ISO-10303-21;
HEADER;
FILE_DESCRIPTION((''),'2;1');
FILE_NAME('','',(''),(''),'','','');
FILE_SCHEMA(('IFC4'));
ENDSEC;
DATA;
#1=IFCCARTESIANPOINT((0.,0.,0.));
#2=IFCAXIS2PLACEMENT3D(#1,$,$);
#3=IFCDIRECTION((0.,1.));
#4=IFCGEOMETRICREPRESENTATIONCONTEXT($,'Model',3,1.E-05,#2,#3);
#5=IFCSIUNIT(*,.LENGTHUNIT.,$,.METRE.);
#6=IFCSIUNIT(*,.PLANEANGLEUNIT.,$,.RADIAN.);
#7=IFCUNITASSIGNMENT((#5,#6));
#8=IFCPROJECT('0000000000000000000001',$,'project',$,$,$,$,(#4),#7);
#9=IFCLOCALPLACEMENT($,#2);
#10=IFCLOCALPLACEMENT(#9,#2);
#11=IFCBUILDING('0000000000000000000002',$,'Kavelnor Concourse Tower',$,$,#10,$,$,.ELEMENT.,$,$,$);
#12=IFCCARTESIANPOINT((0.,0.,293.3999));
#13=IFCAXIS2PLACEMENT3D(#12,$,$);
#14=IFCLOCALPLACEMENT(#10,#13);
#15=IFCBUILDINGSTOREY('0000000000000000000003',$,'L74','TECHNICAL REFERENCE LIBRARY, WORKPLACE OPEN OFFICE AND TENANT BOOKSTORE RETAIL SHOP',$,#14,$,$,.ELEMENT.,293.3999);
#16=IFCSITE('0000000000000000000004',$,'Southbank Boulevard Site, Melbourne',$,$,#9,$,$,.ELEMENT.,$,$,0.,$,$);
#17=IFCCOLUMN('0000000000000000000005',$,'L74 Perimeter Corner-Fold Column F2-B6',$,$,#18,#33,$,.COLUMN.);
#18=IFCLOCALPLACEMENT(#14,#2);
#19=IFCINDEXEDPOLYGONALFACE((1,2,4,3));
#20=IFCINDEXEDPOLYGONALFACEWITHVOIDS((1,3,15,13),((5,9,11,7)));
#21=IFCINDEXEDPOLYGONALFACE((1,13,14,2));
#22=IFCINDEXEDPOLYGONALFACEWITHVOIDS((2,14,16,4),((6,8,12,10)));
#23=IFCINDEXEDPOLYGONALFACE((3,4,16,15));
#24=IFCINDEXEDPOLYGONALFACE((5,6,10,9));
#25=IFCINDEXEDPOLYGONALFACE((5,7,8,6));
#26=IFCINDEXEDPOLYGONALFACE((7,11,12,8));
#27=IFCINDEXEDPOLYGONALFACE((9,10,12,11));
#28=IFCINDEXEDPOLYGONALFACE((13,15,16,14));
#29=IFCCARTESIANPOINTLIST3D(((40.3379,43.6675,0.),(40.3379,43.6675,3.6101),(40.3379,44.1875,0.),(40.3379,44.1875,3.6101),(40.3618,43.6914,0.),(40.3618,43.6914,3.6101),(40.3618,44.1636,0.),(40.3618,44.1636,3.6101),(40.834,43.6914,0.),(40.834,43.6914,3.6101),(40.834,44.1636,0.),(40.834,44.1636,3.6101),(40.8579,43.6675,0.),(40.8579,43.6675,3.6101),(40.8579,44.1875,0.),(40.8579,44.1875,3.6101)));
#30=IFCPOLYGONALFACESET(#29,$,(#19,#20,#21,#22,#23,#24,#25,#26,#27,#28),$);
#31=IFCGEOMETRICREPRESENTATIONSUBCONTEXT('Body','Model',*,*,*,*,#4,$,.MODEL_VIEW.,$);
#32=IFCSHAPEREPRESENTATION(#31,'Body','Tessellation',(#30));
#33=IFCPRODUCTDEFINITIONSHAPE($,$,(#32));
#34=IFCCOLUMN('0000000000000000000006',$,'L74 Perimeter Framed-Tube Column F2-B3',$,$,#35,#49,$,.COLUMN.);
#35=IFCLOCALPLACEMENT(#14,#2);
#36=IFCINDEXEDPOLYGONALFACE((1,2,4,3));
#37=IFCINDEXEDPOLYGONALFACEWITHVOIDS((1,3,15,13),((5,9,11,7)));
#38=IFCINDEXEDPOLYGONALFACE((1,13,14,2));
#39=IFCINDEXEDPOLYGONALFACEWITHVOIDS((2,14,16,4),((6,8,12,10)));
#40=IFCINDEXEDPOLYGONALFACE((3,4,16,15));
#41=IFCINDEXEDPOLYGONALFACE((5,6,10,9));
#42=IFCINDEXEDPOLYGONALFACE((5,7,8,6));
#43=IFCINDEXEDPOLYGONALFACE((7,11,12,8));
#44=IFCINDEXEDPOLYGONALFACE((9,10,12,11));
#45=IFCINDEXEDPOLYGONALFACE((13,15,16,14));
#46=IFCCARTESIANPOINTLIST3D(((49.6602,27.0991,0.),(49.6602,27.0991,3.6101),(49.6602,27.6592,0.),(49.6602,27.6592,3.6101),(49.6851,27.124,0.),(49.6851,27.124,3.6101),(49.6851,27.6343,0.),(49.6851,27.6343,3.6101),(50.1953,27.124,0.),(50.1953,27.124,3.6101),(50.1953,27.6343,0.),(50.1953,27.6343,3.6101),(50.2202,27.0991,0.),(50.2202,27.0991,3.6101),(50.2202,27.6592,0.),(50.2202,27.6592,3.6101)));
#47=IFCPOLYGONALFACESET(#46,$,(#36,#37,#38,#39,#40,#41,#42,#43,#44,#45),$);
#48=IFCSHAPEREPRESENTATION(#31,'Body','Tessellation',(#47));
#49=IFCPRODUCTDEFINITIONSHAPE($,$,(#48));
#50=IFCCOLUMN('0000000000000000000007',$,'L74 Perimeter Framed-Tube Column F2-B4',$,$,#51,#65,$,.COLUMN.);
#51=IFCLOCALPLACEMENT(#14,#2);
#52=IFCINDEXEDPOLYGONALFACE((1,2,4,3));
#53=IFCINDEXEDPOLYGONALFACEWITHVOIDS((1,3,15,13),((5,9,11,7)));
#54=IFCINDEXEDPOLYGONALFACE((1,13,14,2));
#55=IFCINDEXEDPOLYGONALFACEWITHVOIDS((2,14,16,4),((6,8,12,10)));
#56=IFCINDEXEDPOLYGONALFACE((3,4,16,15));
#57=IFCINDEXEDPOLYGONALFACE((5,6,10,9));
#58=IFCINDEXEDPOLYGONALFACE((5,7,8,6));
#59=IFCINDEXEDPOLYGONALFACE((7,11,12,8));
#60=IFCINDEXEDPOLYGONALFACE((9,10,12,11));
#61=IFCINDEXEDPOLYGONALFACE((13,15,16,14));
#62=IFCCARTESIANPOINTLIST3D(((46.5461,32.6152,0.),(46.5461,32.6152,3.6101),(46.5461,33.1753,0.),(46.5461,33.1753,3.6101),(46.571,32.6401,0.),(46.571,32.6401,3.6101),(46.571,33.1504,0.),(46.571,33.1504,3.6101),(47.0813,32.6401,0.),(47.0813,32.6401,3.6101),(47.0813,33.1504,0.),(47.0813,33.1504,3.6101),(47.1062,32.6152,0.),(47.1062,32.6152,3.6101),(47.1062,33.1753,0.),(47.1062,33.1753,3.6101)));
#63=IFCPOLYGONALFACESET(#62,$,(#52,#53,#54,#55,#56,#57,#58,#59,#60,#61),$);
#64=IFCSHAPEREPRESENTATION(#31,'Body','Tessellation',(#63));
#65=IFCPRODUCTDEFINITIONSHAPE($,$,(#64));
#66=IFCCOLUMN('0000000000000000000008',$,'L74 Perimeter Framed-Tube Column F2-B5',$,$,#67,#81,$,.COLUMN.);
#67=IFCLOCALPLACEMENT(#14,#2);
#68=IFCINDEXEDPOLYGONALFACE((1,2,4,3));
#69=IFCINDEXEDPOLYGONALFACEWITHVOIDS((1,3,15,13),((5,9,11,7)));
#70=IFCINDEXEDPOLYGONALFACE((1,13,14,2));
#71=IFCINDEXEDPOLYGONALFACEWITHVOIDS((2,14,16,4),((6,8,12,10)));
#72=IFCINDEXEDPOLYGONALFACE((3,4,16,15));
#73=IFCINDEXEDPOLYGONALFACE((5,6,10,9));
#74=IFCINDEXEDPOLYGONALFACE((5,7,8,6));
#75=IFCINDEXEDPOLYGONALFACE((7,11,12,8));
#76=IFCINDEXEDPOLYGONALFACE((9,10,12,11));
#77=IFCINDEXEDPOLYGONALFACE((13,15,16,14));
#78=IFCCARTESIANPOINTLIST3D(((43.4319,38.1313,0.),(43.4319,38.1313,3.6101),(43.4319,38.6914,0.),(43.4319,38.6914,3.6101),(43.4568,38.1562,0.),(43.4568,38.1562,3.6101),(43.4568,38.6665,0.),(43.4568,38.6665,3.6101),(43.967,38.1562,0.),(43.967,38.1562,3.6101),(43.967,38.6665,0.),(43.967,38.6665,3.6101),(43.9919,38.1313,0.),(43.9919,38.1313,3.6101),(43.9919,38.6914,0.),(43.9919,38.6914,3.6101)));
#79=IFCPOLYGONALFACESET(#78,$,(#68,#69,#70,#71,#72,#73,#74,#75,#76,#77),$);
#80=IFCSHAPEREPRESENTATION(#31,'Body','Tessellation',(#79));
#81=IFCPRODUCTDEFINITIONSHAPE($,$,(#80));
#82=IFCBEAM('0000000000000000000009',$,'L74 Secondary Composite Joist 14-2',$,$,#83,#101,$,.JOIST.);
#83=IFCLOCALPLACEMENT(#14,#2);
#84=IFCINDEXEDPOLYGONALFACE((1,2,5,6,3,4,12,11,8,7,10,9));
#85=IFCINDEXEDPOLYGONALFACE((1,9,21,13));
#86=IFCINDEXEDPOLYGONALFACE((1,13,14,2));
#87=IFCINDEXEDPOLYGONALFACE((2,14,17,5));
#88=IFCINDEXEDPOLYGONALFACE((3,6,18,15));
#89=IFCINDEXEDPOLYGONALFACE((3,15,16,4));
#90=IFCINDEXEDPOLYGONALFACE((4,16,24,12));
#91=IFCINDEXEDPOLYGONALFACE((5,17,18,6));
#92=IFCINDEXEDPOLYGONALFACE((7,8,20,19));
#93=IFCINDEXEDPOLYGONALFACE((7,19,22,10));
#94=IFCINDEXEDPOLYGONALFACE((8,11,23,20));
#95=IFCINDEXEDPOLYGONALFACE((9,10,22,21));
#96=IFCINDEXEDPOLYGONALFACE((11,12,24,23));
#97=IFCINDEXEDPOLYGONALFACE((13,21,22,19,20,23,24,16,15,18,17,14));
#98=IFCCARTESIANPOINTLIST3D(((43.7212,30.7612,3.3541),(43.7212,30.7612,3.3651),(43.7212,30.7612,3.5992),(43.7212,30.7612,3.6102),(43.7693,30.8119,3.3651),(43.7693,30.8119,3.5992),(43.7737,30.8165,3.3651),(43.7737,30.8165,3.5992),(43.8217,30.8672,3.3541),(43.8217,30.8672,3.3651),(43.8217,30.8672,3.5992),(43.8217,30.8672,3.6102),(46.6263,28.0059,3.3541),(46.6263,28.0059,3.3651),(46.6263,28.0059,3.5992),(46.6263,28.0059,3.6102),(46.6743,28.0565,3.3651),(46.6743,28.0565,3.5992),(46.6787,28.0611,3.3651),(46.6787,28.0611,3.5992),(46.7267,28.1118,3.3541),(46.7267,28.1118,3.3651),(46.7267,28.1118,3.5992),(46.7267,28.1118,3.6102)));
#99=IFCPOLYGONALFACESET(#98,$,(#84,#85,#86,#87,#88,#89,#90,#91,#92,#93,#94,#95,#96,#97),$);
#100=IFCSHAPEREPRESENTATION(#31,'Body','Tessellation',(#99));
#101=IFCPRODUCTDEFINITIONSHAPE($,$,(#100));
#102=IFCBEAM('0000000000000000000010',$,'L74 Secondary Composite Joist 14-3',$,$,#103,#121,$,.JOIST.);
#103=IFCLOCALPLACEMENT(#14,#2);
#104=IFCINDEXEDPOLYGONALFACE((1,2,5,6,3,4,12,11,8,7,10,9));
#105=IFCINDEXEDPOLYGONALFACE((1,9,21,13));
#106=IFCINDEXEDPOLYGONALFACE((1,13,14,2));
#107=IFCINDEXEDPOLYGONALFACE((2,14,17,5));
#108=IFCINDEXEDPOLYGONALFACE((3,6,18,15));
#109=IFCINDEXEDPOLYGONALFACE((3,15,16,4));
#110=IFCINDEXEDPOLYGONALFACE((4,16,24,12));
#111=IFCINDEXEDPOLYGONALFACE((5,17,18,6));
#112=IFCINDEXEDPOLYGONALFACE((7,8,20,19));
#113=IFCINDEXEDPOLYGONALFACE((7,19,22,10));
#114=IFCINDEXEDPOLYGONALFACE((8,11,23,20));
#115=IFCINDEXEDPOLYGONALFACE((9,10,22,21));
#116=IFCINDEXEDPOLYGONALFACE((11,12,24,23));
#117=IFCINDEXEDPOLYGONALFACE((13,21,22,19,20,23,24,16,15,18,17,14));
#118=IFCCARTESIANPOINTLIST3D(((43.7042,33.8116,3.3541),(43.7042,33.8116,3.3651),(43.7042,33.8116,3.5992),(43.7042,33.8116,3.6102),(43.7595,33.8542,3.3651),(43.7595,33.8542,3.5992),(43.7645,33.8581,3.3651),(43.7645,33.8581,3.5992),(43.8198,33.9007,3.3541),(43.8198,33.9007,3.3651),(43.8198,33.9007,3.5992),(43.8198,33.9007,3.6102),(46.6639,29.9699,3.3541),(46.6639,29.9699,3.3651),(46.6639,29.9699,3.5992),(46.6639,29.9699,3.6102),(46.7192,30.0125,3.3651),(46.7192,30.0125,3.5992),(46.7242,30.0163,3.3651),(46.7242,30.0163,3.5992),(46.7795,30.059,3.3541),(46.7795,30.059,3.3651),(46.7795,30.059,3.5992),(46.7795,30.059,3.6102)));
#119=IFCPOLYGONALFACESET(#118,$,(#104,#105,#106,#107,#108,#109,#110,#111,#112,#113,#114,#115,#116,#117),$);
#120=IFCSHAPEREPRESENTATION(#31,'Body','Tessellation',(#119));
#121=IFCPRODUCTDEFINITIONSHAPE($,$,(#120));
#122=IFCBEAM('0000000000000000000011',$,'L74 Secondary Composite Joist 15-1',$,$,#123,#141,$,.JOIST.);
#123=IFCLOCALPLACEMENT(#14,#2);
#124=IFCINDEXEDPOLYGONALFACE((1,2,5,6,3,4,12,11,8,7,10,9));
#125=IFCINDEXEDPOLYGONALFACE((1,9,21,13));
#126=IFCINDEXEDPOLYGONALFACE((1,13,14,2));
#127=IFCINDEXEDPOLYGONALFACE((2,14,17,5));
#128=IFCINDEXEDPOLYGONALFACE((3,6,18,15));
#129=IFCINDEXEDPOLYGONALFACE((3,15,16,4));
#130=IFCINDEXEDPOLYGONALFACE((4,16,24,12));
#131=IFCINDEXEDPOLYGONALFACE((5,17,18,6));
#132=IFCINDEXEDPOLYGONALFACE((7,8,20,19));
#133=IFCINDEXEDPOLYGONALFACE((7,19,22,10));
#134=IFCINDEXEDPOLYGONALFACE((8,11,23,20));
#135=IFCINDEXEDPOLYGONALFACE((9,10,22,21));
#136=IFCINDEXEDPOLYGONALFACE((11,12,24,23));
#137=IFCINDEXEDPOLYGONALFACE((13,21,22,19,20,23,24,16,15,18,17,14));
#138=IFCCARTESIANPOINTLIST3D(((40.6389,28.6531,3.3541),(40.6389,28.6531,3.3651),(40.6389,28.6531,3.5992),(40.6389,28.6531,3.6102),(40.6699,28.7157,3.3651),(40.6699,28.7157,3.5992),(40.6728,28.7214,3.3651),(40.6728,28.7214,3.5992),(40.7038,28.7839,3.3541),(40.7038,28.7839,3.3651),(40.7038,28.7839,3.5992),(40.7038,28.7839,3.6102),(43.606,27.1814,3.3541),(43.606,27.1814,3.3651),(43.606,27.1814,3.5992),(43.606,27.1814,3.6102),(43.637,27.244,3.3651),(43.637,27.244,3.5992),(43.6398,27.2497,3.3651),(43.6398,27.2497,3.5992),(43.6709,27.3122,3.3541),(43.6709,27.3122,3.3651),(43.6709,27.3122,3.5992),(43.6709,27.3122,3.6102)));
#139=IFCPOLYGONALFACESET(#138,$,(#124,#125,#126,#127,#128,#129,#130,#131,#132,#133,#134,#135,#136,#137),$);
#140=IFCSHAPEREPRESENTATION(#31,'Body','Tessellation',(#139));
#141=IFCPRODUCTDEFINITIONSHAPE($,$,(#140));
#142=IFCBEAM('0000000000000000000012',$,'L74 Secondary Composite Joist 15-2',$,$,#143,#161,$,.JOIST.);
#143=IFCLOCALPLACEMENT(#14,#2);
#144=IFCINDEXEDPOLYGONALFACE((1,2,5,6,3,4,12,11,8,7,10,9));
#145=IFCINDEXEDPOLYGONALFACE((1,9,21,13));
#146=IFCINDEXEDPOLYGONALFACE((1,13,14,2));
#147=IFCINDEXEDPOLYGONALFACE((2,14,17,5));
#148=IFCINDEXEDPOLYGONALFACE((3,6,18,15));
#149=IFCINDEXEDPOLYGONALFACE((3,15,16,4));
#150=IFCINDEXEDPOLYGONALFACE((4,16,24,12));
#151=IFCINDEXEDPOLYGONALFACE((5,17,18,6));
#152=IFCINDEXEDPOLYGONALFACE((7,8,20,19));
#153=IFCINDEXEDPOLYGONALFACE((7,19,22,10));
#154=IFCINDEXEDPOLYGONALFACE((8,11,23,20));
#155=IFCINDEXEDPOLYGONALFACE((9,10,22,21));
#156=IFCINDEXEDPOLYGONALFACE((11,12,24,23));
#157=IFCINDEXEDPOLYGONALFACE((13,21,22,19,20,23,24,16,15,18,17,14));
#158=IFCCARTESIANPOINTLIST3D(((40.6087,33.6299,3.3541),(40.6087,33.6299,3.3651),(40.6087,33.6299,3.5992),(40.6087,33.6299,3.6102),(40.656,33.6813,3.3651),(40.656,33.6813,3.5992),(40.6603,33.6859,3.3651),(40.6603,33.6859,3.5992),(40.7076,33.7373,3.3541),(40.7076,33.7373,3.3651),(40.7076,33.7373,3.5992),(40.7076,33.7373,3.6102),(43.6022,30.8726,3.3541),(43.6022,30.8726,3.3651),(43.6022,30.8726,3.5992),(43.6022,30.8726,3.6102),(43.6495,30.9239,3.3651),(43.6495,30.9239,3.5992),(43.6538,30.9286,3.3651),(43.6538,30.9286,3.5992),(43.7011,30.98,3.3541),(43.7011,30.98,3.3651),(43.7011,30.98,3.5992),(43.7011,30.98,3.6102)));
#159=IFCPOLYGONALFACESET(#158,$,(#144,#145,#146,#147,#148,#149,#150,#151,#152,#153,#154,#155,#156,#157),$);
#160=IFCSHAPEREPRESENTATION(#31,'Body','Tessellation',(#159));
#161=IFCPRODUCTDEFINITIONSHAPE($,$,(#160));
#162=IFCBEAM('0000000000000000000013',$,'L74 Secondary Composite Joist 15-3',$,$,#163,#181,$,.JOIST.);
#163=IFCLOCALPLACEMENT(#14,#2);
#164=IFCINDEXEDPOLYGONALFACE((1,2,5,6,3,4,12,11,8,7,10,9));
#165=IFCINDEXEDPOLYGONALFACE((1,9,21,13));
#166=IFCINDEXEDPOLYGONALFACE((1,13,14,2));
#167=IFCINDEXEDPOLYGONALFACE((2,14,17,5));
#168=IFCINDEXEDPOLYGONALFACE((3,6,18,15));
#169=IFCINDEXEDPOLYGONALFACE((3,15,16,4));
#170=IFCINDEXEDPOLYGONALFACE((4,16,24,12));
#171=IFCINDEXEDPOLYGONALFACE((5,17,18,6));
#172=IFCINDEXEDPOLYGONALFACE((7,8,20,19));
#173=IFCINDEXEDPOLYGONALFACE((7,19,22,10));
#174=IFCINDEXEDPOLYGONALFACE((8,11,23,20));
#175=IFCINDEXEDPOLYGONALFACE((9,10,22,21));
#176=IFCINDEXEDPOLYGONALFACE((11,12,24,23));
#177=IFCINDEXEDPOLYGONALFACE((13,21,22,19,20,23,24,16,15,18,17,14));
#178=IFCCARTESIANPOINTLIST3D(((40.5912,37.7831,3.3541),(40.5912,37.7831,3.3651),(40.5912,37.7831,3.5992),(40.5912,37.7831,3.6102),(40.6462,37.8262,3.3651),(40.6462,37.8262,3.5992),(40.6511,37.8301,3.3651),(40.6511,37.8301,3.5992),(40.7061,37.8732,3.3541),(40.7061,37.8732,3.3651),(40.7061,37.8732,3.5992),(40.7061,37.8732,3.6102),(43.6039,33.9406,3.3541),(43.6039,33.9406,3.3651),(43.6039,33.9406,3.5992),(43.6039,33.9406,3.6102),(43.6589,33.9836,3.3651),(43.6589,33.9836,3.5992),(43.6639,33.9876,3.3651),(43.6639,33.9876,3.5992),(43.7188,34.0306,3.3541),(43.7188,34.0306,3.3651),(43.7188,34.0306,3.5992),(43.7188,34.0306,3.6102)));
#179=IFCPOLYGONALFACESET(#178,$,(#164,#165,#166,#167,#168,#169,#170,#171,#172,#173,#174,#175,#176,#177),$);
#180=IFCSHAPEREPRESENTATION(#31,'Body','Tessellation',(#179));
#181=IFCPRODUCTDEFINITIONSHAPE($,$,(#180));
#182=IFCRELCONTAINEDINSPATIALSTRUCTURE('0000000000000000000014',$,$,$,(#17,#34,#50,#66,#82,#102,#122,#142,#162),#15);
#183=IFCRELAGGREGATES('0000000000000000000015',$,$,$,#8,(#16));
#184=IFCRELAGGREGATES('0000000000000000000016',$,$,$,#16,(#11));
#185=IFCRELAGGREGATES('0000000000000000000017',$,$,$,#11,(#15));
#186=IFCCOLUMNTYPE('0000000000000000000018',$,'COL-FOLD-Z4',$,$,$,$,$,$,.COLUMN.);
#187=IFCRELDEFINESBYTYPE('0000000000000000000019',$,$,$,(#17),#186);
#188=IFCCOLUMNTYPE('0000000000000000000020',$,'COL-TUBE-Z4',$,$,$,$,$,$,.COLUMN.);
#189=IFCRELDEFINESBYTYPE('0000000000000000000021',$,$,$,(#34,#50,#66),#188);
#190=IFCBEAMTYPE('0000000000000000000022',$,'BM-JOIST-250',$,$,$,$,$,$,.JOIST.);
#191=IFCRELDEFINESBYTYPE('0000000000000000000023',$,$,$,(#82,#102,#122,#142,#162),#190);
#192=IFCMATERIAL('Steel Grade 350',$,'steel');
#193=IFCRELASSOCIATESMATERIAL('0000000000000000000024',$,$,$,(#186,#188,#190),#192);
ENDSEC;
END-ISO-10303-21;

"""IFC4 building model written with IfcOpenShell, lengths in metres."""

from ifc_helpers import new_model, si_unit, direction, frame, origin, origin_2d, place, context, subcontext, project, spatial, hollow_rectangle, i_section, extrude, material, material_profile, profile_set, type_object, element, save


model = new_model("IFC4")

# Units and contexts
model_context = context("Model", 3, precision=1e-05, world=origin(), true_north=direction((0.0, 1.0)))
body_context = subcontext(model_context, "Body", "Model", "MODEL_VIEW")
ifc_project = project(units=[si_unit("LENGTHUNIT", "METRE"), si_unit("PLANEANGLEUNIT", "RADIAN")], contexts=[model_context])

# Site, building, storey
site_placement = place(None, origin())
site = spatial("IfcSite", under=ifc_project, at=site_placement, Name="Southbank Boulevard Site, Melbourne", CompositionType="ELEMENT", RefElevation=0.0)
building_placement = place(site_placement, origin())
building = spatial("IfcBuilding", under=site, at=building_placement, Name="Kavelnor Concourse Tower", CompositionType="ELEMENT")
storey_placement = place(building_placement, frame((0.0, 0.0, 293.3999)))
storey = spatial("IfcBuildingStorey", under=building, at=storey_placement, Name="L74", Description="TECHNICAL REFERENCE LIBRARY, WORKPLACE OPEN OFFICE AND TENANT BOOKSTORE RETAIL SHOP", CompositionType="ELEMENT", Elevation=293.3999)

# Columns
ifc_material_1 = material(Name="Steel Grade 350", Category="steel")
ifc_material_profile_1 = material_profile(ifc_material_1, hollow_rectangle(XDim=0.52, YDim=0.52, WallThickness=0.0239, at=origin_2d()), Name="SHS 520x520x24")
ifc_profile_set_1 = profile_set([ifc_material_profile_1], Name="Steel Grade 350")
column_type_1 = type_object("IfcColumnType", Name="COL-FOLD-Z4", PredefinedType="COLUMN", material=ifc_profile_set_1)
column_placement = place(storey_placement, frame((40.5979, 43.9275, 0.0), z_axis=(0.0, 0.0, 1.0), x_axis=(1.0, 0.0, 0.0)))
element("IfcColumn", 1, at=column_placement, inside=storey, type_object=column_type_1, Name="L74 Perimeter Corner-Fold Column F2-B6", PredefinedType="COLUMN", context=body_context, shape_type="SweptSolid", body=[
    extrude(hollow_rectangle(XDim=0.52, YDim=0.52, WallThickness=0.0239, at=origin_2d()), origin(), (0.0, 0.0, 1.0), 3.6101),
])
ifc_material_profile_2 = material_profile(ifc_material_1, hollow_rectangle(XDim=0.5601, YDim=0.5601, WallThickness=0.0249, at=origin_2d()), Name="SHS 560x560x25")
ifc_profile_set_2 = profile_set([ifc_material_profile_2], Name="Steel Grade 350")
column_type_2 = type_object("IfcColumnType", Name="COL-TUBE-Z4", PredefinedType="COLUMN", material=ifc_profile_set_2)
for number, where, z_axis, x_axis, name in (
    (2, (49.9402, 27.3792, 0.0), (0.0, 0.0, 1.0), (1.0, 0.0, 0.0), "L74 Perimeter Framed-Tube Column F2-B3"),
    (3, (46.8262, 32.8953, 0.0), (0.0, 0.0, 1.0), (1.0, 0.0, 0.0), "L74 Perimeter Framed-Tube Column F2-B4"),
    (4, (43.7119, 38.4114, 0.0), (0.0, 0.0, 1.0), (1.0, 0.0, 0.0), "L74 Perimeter Framed-Tube Column F2-B5"),
):
    element("IfcColumn", number, at=place(storey_placement, frame(where, z_axis=z_axis, x_axis=x_axis)), inside=storey, type_object=column_type_2, Name=name, PredefinedType="COLUMN", context=body_context, shape_type="SweptSolid", body=[
        extrude(hollow_rectangle(XDim=0.5601, YDim=0.5601, WallThickness=0.0249, at=origin_2d()), origin(), (0.0, 0.0, 1.0), 3.6101),
    ])

# Beams
ifc_material_profile_3 = material_profile(ifc_material_1, i_section(OverallWidth=0.146, OverallDepth=0.2561, WebThickness=0.0063, FlangeThickness=0.011, at=origin_2d()), Name="250UB37")
ifc_profile_set_3 = profile_set([ifc_material_profile_3], Name="Steel Grade 350")
beam_type_1 = type_object("IfcBeamType", Name="BM-JOIST-250", PredefinedType="JOIST", material=ifc_profile_set_3)
beam_1_placement = place(storey_placement, frame((46.6765, 28.0588, 3.4822), z_axis=(-0.725549, 0.688171, 0.0), x_axis=(-0.688171, -0.725549, 0.0)))
element("IfcBeam", 5, at=beam_1_placement, inside=storey, type_object=beam_type_1, Name="L74 Secondary Composite Joist 14-2", PredefinedType="JOIST", context=body_context, shape_type="SweptSolid", body=[
    extrude(i_section(OverallWidth=0.146, OverallDepth=0.2561, WebThickness=0.0063, FlangeThickness=0.011, at=origin_2d()), origin(), (0.0, 0.0, 1.0), 4.0039),
])
beam_2_placement = place(storey_placement, frame((46.7217, 30.0144, 3.4822), z_axis=(-0.610292, 0.792177, 0.0), x_axis=(-0.792177, -0.610292, 0.0)))
element("IfcBeam", 6, at=beam_2_placement, inside=storey, type_object=beam_type_1, Name="L74 Secondary Composite Joist 14-3", PredefinedType="JOIST", context=body_context, shape_type="SweptSolid", body=[
    extrude(i_section(OverallWidth=0.146, OverallDepth=0.2561, WebThickness=0.0063, FlangeThickness=0.011, at=origin_2d()), origin(), (0.0, 0.0, 1.0), 4.8496),
])
beam_3_placement = place(storey_placement, frame((43.6384, 27.2468, 3.4822), z_axis=(-0.895853, 0.444351, 0.0), x_axis=(-0.444351, -0.895853, 0.0)))
element("IfcBeam", 7, at=beam_3_placement, inside=storey, type_object=beam_type_1, Name="L74 Secondary Composite Joist 15-1", PredefinedType="JOIST", context=body_context, shape_type="SweptSolid", body=[
    extrude(i_section(OverallWidth=0.146, OverallDepth=0.2561, WebThickness=0.0063, FlangeThickness=0.011, at=origin_2d()), origin(), (0.0, 0.0, 1.0), 3.312),
])
beam_4_placement = place(storey_placement, frame((43.6516, 30.9263, 3.4822), z_axis=(-0.735516, 0.677507, 0.0), x_axis=(-0.677507, -0.735516, 0.0)))
element("IfcBeam", 8, at=beam_4_placement, inside=storey, type_object=beam_type_1, Name="L74 Secondary Composite Joist 15-2", PredefinedType="JOIST", context=body_context, shape_type="SweptSolid", body=[
    extrude(i_section(OverallWidth=0.146, OverallDepth=0.2561, WebThickness=0.0063, FlangeThickness=0.011, at=origin_2d()), origin(), (0.0, 0.0, 1.0), 4.0698),
])
beam_5_placement = place(storey_placement, frame((43.6614, 33.9856, 3.4822), z_axis=(-0.617006, 0.786958, 0.0), x_axis=(-0.786958, -0.617006, 0.0)))
element("IfcBeam", 9, at=beam_5_placement, inside=storey, type_object=beam_type_1, Name="L74 Secondary Composite Joist 15-3", PredefinedType="JOIST", context=body_context, shape_type="SweptSolid", body=[
    extrude(i_section(OverallWidth=0.146, OverallDepth=0.2561, WebThickness=0.0063, FlangeThickness=0.011, at=origin_2d()), origin(), (0.0, 0.0, 1.0), 4.8828),
])

save(model, "model.ifc")
